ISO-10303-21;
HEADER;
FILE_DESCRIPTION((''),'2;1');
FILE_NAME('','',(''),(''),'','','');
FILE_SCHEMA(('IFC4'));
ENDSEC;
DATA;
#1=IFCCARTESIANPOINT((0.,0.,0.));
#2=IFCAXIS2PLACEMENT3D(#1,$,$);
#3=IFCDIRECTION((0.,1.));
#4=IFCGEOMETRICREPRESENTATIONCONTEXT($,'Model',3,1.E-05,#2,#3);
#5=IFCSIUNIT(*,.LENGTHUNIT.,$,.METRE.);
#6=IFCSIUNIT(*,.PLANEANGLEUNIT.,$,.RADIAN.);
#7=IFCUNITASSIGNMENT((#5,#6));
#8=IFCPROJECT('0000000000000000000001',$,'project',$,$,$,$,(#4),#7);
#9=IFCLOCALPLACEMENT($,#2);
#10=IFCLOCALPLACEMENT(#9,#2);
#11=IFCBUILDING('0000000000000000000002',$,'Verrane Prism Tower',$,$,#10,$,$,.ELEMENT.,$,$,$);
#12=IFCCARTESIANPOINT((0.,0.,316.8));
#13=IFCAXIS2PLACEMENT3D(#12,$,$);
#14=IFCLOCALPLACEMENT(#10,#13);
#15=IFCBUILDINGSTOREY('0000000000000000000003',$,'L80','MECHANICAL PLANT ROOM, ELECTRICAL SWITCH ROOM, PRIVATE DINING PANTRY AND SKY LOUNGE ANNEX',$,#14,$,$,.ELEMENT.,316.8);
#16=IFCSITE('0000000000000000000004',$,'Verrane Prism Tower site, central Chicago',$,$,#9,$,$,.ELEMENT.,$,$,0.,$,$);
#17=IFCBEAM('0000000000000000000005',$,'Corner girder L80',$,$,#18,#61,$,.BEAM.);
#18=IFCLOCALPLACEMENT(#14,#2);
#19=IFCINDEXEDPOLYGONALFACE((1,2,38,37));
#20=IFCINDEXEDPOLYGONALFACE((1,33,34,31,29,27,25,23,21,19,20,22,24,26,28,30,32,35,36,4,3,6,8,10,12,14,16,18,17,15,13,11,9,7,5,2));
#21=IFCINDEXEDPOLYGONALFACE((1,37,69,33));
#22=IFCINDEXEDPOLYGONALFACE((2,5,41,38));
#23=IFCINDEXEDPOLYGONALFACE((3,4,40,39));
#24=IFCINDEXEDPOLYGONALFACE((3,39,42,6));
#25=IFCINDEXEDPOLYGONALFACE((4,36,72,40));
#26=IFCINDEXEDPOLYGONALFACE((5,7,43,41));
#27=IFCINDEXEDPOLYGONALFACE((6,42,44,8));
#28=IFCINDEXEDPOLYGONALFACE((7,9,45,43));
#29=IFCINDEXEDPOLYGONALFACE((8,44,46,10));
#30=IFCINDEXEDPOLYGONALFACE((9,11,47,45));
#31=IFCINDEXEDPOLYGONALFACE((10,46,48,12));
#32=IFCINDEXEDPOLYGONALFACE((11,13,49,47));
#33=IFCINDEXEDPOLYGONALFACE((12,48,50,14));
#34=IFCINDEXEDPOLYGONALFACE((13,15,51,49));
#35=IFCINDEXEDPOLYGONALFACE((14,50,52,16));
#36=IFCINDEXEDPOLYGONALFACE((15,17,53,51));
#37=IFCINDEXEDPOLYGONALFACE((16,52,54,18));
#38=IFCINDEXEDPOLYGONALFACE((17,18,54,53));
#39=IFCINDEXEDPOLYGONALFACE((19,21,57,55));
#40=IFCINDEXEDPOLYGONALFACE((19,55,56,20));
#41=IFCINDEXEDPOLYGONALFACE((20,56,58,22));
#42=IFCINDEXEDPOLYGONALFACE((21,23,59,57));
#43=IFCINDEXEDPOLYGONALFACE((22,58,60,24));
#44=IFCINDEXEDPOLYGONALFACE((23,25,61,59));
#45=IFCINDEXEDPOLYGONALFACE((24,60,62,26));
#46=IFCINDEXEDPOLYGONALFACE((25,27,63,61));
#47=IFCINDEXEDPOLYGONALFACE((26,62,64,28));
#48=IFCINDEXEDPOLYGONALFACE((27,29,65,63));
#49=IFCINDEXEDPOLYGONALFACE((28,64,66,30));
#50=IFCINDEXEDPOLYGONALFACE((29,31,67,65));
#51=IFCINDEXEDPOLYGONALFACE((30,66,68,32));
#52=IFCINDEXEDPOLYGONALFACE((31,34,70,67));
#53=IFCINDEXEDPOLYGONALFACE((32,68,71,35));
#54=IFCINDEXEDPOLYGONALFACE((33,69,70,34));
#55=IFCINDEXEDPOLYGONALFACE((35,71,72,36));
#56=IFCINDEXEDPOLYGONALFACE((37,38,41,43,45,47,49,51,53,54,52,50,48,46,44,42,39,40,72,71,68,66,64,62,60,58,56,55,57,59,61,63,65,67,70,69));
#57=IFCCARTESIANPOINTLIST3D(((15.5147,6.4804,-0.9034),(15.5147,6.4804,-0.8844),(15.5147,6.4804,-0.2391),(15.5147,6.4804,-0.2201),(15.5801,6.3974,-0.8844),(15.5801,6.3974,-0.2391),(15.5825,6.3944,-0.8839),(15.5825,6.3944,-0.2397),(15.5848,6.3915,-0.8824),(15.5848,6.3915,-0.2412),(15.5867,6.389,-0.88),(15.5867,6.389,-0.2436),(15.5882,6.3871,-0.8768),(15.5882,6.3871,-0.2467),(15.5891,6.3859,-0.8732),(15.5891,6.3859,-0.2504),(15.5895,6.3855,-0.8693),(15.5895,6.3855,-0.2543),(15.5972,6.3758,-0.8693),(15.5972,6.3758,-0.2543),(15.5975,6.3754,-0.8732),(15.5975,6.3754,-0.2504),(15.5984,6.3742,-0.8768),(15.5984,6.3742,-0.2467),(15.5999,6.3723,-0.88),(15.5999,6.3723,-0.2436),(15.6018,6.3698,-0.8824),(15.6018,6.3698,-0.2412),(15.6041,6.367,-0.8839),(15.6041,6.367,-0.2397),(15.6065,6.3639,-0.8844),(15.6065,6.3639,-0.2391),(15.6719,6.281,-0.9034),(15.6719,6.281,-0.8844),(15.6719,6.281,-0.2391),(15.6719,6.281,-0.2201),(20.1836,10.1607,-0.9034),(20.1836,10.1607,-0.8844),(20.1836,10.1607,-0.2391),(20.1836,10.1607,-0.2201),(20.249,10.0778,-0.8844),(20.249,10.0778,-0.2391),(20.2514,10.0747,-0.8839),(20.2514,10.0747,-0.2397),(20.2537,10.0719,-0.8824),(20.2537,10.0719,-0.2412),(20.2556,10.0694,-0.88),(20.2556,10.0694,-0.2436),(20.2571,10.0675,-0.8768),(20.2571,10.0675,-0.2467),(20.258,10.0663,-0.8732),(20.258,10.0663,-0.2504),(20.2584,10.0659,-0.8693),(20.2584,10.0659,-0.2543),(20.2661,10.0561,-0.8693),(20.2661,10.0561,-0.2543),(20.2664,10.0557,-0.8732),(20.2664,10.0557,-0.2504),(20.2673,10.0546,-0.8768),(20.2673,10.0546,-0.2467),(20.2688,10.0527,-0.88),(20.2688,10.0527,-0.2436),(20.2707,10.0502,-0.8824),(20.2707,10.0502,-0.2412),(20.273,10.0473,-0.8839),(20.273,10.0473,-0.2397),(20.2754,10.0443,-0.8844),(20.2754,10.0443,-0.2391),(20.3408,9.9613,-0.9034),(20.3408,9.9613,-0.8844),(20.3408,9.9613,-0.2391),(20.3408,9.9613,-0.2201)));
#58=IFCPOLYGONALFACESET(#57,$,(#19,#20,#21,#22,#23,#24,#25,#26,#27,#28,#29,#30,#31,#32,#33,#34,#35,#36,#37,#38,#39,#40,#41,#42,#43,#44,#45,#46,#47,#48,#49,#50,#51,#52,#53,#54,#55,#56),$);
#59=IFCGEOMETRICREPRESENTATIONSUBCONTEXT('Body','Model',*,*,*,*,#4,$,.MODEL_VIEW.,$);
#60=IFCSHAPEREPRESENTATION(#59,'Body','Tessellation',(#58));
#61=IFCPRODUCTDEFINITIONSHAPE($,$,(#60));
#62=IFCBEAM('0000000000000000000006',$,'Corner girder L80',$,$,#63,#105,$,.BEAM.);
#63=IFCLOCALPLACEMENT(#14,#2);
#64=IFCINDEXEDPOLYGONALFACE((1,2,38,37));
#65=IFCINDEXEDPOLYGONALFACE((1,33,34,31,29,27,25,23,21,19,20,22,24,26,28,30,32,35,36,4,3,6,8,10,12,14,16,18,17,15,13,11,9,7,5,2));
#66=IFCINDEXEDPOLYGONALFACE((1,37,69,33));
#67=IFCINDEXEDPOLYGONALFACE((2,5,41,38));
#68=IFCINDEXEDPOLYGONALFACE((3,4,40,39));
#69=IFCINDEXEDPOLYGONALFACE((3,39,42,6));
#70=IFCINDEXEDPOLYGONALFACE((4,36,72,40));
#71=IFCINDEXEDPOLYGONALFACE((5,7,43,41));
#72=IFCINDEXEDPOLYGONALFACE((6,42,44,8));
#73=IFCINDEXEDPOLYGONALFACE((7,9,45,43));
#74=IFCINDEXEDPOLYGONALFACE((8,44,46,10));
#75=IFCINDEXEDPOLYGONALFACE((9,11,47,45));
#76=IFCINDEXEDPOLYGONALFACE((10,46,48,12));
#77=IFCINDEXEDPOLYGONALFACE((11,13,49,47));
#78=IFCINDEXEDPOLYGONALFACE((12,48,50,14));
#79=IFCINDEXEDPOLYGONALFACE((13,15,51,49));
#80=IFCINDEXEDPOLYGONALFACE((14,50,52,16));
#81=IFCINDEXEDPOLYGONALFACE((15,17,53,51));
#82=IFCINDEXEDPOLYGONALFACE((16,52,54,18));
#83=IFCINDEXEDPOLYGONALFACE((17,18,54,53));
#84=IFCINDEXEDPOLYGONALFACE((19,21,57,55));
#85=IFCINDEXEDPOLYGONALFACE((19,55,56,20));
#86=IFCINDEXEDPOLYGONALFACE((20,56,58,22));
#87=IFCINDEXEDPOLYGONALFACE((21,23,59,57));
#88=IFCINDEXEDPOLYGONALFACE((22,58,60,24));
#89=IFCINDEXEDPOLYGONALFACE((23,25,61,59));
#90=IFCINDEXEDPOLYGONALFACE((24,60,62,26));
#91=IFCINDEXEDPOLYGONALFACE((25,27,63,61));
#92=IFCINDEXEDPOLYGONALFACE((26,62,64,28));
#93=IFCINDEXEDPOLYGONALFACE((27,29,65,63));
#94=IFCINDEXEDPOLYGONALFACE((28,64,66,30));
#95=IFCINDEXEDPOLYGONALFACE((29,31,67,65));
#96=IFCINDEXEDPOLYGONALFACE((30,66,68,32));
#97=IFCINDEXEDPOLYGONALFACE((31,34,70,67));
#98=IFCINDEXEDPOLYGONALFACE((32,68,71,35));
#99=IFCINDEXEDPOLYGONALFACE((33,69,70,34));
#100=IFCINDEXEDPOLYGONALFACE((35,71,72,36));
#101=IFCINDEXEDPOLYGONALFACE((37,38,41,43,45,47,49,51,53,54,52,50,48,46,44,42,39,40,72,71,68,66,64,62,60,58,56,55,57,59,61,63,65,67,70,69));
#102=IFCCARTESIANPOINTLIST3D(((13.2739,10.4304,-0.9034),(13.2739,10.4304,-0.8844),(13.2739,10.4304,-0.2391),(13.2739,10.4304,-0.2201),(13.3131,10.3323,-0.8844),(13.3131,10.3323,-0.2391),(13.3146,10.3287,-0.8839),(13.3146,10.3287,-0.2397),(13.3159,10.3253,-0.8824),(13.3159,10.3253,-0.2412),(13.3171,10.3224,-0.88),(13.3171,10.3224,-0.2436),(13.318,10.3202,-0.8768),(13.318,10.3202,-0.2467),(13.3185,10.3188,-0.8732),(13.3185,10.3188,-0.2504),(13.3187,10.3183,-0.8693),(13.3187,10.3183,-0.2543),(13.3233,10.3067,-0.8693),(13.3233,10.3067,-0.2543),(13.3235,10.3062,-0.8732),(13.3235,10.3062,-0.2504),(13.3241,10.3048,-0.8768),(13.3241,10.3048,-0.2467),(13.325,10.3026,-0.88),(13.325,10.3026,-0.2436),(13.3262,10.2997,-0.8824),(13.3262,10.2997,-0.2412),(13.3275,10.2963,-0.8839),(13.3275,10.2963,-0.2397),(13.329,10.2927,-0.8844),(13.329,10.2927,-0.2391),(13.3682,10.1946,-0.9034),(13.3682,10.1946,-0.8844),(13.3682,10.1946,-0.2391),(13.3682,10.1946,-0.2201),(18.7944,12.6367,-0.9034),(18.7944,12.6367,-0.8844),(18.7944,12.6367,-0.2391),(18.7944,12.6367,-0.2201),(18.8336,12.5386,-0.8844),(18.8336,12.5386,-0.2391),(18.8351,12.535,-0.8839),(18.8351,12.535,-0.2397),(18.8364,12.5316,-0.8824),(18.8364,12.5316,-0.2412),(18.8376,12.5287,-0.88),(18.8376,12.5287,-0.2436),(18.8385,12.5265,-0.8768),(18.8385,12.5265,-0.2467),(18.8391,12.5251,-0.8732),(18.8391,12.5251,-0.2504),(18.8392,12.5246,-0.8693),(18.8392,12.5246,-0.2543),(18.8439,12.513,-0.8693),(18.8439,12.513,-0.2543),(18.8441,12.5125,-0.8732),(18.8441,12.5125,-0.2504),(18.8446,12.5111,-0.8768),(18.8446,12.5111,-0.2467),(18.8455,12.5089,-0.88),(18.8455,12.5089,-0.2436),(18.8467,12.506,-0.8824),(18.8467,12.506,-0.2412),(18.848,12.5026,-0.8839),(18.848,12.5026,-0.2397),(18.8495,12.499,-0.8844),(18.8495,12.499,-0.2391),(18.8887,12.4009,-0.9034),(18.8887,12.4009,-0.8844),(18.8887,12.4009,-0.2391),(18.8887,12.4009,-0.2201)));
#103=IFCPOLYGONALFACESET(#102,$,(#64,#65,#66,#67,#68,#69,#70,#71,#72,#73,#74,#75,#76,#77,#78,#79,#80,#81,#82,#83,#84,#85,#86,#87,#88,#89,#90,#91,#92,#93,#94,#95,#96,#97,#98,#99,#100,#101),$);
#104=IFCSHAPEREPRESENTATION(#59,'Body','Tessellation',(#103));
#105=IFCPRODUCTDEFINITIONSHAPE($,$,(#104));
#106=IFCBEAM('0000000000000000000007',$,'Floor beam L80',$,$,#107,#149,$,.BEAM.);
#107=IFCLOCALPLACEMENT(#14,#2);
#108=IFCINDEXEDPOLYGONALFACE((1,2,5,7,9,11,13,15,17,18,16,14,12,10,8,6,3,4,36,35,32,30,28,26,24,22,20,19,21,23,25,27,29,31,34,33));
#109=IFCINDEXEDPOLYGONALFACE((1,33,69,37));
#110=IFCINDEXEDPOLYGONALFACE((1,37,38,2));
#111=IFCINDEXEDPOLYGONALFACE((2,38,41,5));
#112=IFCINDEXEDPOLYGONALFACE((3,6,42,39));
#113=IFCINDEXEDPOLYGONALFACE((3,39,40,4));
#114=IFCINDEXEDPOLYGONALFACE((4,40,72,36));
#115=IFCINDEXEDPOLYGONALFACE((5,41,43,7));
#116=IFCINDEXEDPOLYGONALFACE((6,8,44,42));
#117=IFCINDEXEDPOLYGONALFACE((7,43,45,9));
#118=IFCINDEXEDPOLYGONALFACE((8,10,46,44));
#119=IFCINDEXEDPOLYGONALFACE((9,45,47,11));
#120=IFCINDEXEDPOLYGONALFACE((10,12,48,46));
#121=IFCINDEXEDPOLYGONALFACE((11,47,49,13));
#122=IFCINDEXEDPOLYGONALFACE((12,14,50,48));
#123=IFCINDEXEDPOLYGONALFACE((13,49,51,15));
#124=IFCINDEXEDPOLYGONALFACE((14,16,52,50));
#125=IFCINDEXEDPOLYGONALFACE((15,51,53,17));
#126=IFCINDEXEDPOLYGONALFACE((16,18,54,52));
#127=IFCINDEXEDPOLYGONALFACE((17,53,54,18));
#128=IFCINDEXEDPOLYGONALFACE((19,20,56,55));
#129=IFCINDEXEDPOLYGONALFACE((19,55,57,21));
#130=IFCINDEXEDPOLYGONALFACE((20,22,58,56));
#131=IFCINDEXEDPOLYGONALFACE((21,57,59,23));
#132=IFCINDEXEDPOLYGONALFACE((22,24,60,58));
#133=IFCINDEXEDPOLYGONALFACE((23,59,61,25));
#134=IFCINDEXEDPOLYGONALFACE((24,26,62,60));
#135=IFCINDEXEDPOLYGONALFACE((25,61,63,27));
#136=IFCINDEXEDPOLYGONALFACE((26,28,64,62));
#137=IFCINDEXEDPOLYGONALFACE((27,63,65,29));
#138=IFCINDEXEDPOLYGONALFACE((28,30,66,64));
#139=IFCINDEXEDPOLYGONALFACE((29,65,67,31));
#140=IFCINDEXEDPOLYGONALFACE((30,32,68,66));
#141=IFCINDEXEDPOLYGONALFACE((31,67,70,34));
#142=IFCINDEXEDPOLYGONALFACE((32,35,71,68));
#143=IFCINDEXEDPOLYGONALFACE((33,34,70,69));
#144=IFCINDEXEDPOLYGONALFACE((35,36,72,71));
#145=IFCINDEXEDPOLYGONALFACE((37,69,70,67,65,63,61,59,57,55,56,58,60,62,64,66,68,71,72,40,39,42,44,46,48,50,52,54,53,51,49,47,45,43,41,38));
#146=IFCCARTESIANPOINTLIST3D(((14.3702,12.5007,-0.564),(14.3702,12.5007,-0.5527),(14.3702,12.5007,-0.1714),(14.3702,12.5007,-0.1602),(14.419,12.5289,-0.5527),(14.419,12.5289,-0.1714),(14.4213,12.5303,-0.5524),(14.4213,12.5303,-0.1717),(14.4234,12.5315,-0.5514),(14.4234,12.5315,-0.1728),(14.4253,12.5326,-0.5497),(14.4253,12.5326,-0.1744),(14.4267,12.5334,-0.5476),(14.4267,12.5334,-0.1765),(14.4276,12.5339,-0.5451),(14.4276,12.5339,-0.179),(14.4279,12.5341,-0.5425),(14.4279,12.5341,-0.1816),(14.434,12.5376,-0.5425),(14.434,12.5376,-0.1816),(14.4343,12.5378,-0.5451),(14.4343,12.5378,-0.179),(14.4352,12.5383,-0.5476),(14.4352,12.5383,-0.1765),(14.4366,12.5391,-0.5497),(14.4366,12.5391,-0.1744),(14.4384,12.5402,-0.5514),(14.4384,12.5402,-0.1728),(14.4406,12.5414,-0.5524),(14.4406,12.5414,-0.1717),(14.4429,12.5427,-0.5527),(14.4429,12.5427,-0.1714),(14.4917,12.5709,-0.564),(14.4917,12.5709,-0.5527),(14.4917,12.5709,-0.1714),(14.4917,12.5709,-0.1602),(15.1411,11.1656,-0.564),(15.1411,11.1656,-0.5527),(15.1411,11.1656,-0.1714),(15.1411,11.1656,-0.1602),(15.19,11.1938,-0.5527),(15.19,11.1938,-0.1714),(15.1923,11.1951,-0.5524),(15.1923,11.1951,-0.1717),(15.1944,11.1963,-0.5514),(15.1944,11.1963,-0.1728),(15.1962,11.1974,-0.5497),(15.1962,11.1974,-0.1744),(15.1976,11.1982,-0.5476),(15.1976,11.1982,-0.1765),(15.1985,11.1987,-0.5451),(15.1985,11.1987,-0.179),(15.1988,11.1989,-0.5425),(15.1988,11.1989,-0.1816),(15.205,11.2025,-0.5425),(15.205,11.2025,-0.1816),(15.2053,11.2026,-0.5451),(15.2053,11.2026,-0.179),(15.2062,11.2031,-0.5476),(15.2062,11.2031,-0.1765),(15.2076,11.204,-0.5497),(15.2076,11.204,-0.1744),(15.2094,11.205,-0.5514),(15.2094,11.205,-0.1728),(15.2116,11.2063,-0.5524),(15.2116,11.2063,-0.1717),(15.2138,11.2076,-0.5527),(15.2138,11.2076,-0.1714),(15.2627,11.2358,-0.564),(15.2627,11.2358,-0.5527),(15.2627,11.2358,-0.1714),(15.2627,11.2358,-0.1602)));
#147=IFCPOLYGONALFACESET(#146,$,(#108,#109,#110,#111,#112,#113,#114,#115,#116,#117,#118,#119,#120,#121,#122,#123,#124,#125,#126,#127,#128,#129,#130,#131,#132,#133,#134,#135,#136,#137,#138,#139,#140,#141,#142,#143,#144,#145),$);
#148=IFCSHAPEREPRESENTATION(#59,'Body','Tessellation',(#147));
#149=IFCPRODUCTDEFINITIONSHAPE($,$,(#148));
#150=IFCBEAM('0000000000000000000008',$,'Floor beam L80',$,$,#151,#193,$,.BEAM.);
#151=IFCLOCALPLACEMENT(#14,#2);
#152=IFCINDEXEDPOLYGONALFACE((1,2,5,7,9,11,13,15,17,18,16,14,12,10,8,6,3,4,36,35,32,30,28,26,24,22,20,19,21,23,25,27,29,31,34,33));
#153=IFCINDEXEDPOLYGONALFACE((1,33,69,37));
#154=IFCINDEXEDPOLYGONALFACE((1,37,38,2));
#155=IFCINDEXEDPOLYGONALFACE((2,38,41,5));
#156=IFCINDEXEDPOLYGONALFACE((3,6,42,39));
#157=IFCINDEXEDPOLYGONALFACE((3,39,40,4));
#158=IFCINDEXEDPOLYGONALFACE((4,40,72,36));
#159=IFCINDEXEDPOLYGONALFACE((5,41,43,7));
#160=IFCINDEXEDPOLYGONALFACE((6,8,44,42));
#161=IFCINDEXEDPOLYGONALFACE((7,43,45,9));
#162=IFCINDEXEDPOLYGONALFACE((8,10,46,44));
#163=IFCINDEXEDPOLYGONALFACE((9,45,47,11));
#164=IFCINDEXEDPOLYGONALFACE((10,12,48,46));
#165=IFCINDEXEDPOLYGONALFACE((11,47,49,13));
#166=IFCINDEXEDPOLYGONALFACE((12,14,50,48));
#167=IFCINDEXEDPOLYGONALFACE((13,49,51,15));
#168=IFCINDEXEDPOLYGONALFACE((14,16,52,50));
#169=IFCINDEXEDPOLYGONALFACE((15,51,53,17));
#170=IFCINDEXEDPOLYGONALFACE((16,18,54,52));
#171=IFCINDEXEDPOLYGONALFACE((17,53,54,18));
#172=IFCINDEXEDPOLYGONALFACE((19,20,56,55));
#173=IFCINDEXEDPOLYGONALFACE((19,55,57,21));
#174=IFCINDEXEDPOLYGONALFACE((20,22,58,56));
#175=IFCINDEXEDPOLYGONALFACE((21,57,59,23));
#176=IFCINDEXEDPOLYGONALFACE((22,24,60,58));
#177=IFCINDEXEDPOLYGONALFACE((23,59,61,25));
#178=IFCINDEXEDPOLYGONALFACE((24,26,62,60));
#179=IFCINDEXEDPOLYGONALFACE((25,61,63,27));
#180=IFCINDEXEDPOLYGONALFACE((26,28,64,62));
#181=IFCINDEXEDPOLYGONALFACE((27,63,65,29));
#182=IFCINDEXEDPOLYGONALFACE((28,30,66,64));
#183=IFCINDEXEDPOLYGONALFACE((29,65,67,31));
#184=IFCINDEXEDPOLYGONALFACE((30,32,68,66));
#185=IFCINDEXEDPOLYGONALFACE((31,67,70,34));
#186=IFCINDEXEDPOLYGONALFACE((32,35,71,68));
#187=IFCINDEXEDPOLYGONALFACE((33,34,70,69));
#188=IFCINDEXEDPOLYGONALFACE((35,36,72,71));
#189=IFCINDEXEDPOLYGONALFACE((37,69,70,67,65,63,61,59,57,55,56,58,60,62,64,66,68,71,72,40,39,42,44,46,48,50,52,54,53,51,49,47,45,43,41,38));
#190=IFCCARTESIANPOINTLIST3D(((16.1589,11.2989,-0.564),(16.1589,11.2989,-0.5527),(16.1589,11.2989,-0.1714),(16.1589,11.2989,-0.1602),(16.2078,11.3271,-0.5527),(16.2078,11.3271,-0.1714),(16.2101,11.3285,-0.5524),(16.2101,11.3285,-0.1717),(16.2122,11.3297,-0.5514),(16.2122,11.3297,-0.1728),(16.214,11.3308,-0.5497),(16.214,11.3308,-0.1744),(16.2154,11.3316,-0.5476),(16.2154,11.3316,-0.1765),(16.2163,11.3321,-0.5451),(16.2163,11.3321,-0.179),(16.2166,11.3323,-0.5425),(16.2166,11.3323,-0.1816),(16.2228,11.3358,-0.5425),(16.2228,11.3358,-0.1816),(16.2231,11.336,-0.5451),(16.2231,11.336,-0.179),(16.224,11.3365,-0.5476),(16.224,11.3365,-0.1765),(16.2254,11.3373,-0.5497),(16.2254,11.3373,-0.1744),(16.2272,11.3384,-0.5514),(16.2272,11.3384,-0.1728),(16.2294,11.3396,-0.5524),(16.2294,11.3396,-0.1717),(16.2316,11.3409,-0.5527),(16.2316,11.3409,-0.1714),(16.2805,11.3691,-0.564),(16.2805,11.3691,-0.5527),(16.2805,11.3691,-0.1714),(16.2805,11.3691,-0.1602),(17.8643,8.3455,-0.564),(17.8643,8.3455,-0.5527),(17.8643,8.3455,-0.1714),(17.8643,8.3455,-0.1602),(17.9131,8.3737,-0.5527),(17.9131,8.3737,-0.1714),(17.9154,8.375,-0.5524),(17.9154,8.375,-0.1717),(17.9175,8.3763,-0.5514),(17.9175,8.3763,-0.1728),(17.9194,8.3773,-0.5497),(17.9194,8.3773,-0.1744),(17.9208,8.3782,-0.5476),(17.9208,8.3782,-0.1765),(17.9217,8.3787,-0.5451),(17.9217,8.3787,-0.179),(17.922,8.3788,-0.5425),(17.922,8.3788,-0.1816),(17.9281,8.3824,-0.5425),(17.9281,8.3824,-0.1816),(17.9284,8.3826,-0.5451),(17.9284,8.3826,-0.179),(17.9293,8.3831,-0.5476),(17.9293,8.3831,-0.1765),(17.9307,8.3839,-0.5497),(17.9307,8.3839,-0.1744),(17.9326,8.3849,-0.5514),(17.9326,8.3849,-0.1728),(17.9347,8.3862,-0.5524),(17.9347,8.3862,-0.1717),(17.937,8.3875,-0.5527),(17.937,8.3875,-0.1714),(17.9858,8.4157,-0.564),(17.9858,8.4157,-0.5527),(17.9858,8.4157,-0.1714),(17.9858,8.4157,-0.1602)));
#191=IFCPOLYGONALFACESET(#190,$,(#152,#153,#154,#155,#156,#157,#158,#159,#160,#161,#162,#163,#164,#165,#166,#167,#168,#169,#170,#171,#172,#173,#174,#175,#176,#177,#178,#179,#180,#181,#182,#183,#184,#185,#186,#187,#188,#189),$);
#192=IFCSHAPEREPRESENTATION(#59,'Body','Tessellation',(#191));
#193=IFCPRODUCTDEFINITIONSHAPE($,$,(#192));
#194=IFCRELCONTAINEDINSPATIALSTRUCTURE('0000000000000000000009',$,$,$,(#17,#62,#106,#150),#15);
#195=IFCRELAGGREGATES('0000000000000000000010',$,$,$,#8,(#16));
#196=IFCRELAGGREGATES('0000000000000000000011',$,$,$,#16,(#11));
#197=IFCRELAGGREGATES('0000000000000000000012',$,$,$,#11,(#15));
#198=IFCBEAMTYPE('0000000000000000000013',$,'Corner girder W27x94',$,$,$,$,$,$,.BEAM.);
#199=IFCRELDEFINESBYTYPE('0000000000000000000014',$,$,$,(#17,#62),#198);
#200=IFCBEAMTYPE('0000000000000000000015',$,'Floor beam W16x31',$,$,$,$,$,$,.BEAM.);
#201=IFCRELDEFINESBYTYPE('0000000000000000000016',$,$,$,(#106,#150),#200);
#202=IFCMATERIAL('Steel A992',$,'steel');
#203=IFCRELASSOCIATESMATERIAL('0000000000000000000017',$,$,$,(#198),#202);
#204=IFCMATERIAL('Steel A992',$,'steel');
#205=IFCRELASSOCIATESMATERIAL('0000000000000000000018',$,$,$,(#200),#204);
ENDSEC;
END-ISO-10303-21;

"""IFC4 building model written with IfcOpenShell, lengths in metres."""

from ifc_helpers import new_model, si_unit, direction, frame, origin, origin_2d, place, context, subcontext, project, spatial, i_section, extrude, material, material_profile, profile_set, type_object, element, save


model = new_model("IFC4")

# Units and contexts
model_context = context("Model", 3, precision=1e-05, world=origin(), true_north=direction((0.0, 1.0)))
body_context = subcontext(model_context, "Body", "Model", "MODEL_VIEW")
ifc_project = project(units=[si_unit("LENGTHUNIT", "METRE"), si_unit("PLANEANGLEUNIT", "RADIAN")], contexts=[model_context])

# Site, building, storey
site_placement = place(None, origin())
site = spatial("IfcSite", under=ifc_project, at=site_placement, Name="Verrane Prism Tower site, central Chicago", CompositionType="ELEMENT", RefElevation=0.0)
building_placement = place(site_placement, origin())
building = spatial("IfcBuilding", under=site, at=building_placement, Name="Verrane Prism Tower", CompositionType="ELEMENT")
storey_placement = place(building_placement, frame((0.0, 0.0, 316.8)))
storey = spatial("IfcBuildingStorey", under=building, at=storey_placement, Name="L80", Description="MECHANICAL PLANT ROOM, ELECTRICAL SWITCH ROOM, PRIVATE DINING PANTRY AND SKY LOUNGE ANNEX", CompositionType="ELEMENT", Elevation=316.8)

# Beams
ifc_material_1 = material(Name="Steel A992", Category="steel")
ifc_material_profile_1 = material_profile(ifc_material_1, i_section(OverallWidth=0.2539, OverallDepth=0.6833, WebThickness=0.0125, FlangeThickness=0.019, FilletRadius=0.0151, at=origin_2d()), Name="W27x94")
ifc_profile_set_1 = profile_set([ifc_material_profile_1], Name="Steel A992")
beam_type_1 = type_object("IfcBeamType", Name="Corner girder W27x94", PredefinedType="BEAM", material=ifc_profile_set_1)
for number, where, z_axis, x_axis, name in (
    (1, (20.2622, 10.061, -0.5618), (-0.78534, -0.619065, 0.0), (0.619065, -0.78534, 0.0), "Corner girder L80"),
    (2, (18.8416, 12.5188, -0.5618), (-0.928587, -0.371115, 0.0), (0.371115, -0.928587, 0.0), "Corner girder L80"),
):
    element("IfcBeam", number, at=place(storey_placement, frame(where, z_axis=z_axis, x_axis=x_axis)), inside=storey, type_object=beam_type_1, Name=name, PredefinedType="BEAM", context=body_context, shape_type="SweptSolid", body=[
        extrude(i_section(OverallWidth=0.2539, OverallDepth=0.6833, WebThickness=0.0125, FlangeThickness=0.019, FilletRadius=0.0151, at=origin_2d()), origin(), (0.0, 0.0, 1.0), 5.9451),
    ])
ifc_material_2 = material(Name="Steel A992", Category="steel")
ifc_material_profile_2 = material_profile(ifc_material_2, i_section(OverallWidth=0.1404, OverallDepth=0.4038, WebThickness=0.0071, FlangeThickness=0.0112, FilletRadius=0.0103, at=origin_2d()), Name="W16x31")
ifc_profile_set_2 = profile_set([ifc_material_profile_2], Name="Steel A992")
beam_type_2 = type_object("IfcBeamType", Name="Floor beam W16x31", PredefinedType="BEAM", material=ifc_profile_set_2)
beam_1_placement = place(storey_placement, frame((15.2019, 11.2007, -0.3621), z_axis=(-0.500056, 0.865993, 0.0), x_axis=(-0.865993, -0.500056, 0.0)))
element("IfcBeam", 3, at=beam_1_placement, inside=storey, type_object=beam_type_2, Name="Floor beam L80", PredefinedType="BEAM", context=body_context, shape_type="SweptSolid", body=[
    extrude(i_section(OverallWidth=0.1404, OverallDepth=0.4038, WebThickness=0.0071, FlangeThickness=0.0112, FilletRadius=0.0103, at=origin_2d()), origin(), (0.0, 0.0, 1.0), 1.5417),
])
beam_2_placement = place(storey_placement, frame((17.925, 8.3806, -0.3621), z_axis=(-0.500043, 0.866001, 0.0), x_axis=(-0.866001, -0.500043, 0.0)))
element("IfcBeam", 4, at=beam_2_placement, inside=storey, type_object=beam_type_2, Name="Floor beam L80", PredefinedType="BEAM", context=body_context, shape_type="SweptSolid", body=[
    extrude(i_section(OverallWidth=0.1404, OverallDepth=0.4038, WebThickness=0.0071, FlangeThickness=0.0112, FilletRadius=0.0103, at=origin_2d()), origin(), (0.0, 0.0, 1.0), 3.4104),
])

save(model, "model.ifc")
